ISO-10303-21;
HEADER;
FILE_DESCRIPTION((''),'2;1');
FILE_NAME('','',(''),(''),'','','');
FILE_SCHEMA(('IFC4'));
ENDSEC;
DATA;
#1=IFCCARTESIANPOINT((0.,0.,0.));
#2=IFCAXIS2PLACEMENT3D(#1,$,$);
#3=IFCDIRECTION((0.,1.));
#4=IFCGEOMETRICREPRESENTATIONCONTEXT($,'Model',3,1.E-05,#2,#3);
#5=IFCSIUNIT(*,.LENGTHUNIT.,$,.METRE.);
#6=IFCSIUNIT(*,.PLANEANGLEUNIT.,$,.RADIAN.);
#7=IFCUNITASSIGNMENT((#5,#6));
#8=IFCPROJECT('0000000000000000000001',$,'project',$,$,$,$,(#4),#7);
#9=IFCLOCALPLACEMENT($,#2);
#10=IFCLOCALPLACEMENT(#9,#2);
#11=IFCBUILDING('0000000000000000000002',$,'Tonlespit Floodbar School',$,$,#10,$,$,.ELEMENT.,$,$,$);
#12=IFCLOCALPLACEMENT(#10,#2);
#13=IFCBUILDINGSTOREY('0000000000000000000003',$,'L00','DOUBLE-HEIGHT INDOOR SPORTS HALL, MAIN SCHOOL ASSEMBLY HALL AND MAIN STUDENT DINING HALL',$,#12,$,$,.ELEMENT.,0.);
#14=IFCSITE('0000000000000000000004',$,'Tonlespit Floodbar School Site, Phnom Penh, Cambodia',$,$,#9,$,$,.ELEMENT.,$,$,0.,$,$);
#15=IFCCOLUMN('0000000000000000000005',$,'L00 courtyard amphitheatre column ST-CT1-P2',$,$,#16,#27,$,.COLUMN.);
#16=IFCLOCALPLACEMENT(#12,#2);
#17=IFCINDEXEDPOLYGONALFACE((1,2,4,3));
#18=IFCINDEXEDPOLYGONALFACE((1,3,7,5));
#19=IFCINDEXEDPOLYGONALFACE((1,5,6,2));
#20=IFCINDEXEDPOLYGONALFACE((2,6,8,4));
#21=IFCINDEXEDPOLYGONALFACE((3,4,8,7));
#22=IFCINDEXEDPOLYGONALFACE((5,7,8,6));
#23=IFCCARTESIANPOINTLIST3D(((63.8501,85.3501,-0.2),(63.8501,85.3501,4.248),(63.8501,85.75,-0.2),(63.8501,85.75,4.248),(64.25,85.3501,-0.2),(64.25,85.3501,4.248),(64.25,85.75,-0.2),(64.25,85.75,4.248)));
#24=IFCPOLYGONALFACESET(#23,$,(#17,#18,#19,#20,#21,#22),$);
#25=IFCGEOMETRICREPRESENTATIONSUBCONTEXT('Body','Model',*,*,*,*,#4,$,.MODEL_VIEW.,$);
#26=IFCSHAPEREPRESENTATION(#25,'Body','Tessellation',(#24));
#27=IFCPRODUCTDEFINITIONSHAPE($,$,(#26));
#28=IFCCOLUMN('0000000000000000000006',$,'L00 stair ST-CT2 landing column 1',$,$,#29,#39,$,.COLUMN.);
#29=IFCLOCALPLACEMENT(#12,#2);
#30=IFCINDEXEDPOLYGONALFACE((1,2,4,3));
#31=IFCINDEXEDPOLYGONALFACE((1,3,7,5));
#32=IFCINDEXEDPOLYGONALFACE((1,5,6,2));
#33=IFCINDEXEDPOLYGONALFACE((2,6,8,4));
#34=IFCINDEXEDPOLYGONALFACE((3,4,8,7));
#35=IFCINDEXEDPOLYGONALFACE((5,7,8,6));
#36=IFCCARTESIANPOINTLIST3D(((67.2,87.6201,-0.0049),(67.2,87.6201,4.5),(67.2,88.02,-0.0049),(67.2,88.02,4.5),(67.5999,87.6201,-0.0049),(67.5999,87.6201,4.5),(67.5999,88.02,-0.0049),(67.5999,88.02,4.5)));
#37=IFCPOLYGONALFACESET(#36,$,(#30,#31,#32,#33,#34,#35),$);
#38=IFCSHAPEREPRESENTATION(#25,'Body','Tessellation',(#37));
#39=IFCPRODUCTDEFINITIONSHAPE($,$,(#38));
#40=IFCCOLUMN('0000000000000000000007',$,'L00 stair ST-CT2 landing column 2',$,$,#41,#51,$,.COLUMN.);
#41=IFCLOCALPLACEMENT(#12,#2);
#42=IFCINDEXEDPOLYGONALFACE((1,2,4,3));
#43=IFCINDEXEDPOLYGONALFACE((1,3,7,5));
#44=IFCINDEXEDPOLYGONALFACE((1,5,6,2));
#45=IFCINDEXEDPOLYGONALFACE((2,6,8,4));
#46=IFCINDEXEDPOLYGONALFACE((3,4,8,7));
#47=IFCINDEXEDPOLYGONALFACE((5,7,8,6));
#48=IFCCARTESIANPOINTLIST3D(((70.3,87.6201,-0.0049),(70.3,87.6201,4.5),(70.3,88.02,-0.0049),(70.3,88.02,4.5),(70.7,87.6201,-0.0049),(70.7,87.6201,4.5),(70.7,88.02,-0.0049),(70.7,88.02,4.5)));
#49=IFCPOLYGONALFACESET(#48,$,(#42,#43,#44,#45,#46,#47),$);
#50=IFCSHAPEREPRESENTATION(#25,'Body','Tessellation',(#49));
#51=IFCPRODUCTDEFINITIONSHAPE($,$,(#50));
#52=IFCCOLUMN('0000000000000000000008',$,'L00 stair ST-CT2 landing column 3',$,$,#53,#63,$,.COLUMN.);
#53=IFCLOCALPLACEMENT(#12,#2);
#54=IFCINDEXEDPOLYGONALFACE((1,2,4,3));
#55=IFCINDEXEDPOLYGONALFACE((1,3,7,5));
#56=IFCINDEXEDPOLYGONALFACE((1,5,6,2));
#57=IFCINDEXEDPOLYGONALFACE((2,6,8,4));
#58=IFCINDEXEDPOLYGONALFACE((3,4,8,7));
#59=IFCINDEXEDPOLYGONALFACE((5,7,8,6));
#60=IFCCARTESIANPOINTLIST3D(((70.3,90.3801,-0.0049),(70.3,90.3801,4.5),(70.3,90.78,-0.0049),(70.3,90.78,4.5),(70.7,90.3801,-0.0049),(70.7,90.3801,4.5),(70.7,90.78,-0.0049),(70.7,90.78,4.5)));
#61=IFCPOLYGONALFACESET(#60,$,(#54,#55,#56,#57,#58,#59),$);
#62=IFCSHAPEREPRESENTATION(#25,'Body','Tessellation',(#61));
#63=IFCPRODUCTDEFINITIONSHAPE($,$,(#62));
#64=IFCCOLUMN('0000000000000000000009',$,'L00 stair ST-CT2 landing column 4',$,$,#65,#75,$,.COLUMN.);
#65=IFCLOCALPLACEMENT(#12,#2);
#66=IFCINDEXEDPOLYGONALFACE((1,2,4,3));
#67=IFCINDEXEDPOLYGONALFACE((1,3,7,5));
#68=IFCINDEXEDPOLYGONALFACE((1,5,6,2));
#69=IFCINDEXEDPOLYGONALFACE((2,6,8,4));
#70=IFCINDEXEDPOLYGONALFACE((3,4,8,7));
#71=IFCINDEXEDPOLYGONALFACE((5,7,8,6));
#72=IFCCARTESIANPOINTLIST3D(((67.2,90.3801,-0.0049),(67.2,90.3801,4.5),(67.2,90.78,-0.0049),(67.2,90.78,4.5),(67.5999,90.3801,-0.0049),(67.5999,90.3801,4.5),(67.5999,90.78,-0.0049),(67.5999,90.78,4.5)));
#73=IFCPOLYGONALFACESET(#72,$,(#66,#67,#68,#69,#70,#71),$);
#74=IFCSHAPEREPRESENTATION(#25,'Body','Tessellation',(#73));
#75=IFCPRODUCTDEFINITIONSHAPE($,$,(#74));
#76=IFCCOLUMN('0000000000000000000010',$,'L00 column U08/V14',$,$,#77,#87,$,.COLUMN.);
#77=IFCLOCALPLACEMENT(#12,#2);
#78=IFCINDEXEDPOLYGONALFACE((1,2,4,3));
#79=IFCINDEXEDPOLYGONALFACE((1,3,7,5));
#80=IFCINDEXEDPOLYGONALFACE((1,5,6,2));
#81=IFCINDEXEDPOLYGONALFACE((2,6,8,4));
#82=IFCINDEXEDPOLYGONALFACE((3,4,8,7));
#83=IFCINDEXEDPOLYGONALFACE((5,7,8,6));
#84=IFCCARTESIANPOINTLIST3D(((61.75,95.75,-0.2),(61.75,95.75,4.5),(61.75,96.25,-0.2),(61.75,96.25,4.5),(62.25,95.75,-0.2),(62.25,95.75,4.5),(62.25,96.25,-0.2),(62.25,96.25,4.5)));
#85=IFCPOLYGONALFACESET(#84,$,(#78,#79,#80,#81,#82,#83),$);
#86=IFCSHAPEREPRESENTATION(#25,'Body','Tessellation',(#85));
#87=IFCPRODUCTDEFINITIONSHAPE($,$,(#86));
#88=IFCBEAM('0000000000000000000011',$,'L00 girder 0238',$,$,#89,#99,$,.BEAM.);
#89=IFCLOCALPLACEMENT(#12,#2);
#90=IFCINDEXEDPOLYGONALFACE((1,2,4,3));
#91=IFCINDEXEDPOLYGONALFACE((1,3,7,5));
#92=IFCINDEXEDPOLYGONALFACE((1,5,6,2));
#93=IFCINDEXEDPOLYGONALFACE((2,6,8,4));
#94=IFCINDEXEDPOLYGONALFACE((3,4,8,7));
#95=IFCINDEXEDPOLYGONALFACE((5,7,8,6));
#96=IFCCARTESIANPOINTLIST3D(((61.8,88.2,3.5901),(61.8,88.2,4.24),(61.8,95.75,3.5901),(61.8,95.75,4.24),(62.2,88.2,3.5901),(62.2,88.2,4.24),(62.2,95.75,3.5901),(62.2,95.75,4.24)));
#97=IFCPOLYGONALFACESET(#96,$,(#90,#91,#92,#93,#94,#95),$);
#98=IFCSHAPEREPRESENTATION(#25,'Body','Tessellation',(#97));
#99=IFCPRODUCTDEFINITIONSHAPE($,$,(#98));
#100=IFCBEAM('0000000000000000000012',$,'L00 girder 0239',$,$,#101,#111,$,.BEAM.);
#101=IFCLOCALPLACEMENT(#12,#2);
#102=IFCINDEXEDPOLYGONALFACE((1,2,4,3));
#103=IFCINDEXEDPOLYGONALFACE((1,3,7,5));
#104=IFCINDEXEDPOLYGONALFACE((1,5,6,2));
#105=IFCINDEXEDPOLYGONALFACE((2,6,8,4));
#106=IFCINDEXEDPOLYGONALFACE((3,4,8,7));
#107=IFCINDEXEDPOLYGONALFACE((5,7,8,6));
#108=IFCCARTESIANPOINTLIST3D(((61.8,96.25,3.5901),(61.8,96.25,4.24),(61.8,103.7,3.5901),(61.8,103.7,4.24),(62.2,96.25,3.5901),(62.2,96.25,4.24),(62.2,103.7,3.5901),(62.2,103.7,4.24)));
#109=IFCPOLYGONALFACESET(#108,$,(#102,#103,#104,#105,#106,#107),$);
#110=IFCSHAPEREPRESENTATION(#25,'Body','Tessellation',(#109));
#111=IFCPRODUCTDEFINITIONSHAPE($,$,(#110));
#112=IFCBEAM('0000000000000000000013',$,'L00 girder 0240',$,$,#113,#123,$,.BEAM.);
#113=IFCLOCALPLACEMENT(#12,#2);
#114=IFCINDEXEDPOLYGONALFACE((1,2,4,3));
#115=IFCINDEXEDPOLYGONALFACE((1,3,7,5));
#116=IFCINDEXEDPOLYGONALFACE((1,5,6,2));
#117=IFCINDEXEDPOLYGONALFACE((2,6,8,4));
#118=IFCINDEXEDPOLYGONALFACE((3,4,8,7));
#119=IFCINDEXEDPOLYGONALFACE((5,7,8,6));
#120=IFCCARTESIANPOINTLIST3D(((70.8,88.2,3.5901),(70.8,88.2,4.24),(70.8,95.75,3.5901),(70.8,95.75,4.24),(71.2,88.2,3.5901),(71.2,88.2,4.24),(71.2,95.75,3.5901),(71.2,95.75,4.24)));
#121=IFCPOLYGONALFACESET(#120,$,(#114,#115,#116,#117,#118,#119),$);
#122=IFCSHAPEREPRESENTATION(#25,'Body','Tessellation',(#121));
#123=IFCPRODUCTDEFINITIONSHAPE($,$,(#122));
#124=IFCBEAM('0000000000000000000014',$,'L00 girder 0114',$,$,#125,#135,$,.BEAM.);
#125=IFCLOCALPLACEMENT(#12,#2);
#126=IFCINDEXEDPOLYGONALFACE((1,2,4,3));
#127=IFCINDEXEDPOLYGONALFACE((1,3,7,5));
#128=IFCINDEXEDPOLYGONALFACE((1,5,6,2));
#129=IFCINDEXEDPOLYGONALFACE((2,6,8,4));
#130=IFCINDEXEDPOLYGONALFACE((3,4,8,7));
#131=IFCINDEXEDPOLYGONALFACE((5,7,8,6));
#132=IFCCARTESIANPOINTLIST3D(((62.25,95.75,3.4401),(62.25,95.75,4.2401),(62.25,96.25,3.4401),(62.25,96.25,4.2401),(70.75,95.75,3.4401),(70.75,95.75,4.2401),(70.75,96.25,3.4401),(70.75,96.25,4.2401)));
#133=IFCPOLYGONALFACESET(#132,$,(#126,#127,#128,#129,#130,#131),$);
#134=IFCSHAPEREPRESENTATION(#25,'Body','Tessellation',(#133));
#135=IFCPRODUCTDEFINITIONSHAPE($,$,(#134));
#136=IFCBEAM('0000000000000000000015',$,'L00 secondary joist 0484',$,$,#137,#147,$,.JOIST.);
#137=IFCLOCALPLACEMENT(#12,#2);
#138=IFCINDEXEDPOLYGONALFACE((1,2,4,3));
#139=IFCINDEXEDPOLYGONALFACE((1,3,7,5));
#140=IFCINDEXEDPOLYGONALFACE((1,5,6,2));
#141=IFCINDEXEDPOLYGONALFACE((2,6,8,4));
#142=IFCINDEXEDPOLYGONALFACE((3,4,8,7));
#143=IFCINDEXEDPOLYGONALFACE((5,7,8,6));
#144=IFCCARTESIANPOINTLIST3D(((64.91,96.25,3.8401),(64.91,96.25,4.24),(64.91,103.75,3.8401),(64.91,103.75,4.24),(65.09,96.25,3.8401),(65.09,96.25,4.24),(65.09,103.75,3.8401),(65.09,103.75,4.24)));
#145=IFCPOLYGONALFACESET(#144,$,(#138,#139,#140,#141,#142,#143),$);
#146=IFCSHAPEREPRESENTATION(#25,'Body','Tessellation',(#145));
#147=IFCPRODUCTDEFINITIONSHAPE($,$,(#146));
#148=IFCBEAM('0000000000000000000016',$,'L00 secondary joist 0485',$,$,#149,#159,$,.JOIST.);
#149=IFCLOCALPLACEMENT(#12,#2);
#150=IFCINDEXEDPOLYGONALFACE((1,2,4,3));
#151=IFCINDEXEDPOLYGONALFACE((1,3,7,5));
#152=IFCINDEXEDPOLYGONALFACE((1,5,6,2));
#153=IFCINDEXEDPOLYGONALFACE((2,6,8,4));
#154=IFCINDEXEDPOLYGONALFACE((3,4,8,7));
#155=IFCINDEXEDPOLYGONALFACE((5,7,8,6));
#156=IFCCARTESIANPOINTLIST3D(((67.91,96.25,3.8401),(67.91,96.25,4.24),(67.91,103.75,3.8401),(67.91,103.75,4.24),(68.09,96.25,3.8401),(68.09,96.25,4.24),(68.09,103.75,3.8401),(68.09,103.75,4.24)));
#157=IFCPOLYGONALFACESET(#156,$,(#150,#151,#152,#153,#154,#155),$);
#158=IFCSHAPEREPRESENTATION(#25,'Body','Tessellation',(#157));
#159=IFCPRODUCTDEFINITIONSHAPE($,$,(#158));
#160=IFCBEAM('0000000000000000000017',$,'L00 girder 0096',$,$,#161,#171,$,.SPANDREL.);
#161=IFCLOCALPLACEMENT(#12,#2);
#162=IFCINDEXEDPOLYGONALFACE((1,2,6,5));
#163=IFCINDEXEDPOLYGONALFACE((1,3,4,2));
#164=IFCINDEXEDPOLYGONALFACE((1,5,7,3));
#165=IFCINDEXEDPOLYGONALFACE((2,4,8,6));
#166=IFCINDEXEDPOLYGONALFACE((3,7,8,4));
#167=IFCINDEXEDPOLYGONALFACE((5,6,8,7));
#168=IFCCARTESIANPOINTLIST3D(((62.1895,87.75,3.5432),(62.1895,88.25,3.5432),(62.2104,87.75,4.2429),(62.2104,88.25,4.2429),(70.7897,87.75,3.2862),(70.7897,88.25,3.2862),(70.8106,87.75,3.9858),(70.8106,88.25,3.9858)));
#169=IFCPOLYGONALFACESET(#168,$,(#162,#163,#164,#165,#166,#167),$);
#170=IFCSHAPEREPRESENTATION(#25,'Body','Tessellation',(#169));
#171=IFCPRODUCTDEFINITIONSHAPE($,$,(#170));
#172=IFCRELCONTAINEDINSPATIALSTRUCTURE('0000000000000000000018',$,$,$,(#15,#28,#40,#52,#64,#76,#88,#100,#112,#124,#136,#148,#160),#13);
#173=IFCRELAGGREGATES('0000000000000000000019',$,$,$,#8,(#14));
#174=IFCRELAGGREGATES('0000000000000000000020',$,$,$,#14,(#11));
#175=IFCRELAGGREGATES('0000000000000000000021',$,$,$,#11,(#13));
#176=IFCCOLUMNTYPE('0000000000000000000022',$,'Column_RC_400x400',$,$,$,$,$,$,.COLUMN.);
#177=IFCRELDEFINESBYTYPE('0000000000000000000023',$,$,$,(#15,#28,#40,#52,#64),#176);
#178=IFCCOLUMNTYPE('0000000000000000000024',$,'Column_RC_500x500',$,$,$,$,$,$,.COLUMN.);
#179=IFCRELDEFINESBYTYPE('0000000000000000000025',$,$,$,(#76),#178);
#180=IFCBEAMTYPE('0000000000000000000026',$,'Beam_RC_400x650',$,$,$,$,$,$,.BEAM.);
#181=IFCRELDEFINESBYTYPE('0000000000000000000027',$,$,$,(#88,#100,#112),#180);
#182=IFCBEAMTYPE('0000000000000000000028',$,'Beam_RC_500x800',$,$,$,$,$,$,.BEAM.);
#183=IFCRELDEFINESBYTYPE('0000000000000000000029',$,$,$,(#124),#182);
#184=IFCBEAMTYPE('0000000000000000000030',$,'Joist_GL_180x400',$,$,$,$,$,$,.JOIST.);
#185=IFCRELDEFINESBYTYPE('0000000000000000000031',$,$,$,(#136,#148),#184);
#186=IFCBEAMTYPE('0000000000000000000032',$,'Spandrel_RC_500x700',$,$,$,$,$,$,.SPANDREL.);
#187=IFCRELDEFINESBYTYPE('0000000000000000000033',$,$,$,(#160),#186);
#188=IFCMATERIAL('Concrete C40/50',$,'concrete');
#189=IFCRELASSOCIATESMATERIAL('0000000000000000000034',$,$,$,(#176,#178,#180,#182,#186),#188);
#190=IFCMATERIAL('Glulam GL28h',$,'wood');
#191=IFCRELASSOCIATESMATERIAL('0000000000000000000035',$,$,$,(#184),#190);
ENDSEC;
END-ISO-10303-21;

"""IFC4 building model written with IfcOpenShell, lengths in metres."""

from ifc_helpers import new_model, si_unit, direction, frame, origin, origin_2d, place, context, subcontext, project, spatial, rectangle, extrude, material, material_profile, profile_set, type_object, element, save


model = new_model("IFC4")

# Units and contexts
model_context = context("Model", 3, precision=1e-05, world=origin(), true_north=direction((0.0, 1.0)))
body_context = subcontext(model_context, "Body", "Model", "MODEL_VIEW")
ifc_project = project(units=[si_unit("LENGTHUNIT", "METRE"), si_unit("PLANEANGLEUNIT", "RADIAN")], contexts=[model_context])

# Site, building, storey
site_placement = place(None, origin())
site = spatial("IfcSite", under=ifc_project, at=site_placement, Name="Tonlespit Floodbar School Site, Phnom Penh, Cambodia", CompositionType="ELEMENT", RefElevation=0.0)
building_placement = place(site_placement, origin())
building = spatial("IfcBuilding", under=site, at=building_placement, Name="Tonlespit Floodbar School", CompositionType="ELEMENT")
storey_placement = place(building_placement, origin())
storey = spatial("IfcBuildingStorey", under=building, at=storey_placement, Name="L00", Description="DOUBLE-HEIGHT INDOOR SPORTS HALL, MAIN SCHOOL ASSEMBLY HALL AND MAIN STUDENT DINING HALL", CompositionType="ELEMENT", Elevation=0.0)

# Shared definitions
ifc_material_1 = material(Name="Concrete C40/50", Category="concrete")

# Columns
ifc_material_profile_1 = material_profile(ifc_material_1, rectangle(XDim=0.3999, YDim=0.3999, at=origin_2d()), Name="RC 400x400")
ifc_profile_set_1 = profile_set([ifc_material_profile_1], Name="Concrete C40/50")
column_type_1 = type_object("IfcColumnType", Name="Column_RC_400x400", PredefinedType="COLUMN", material=ifc_profile_set_1)
column_1_placement = place(storey_placement, frame((64.05, 85.55, -0.2), z_axis=(0.0, 0.0, 1.0), x_axis=(1.0, 0.0, 0.0)))
element("IfcColumn", 1, at=column_1_placement, inside=storey, type_object=column_type_1, Name="L00 courtyard amphitheatre column ST-CT1-P2", PredefinedType="COLUMN", context=body_context, shape_type="SweptSolid", body=[
    extrude(rectangle(XDim=0.3999, YDim=0.3999, at=origin_2d()), origin(), (0.0, 0.0, 1.0), 4.448),
])
for number, where, z_axis, x_axis, name in (
    (2, (67.3999, 87.8201, -0.0049), (0.0, 0.0, 1.0), (1.0, 0.0, 0.0), "L00 stair ST-CT2 landing column 1"),
    (3, (70.5, 87.8201, -0.0049), (0.0, 0.0, 1.0), (1.0, 0.0, 0.0), "L00 stair ST-CT2 landing column 2"),
    (4, (70.5, 90.5801, -0.0049), (0.0, 0.0, 1.0), (1.0, 0.0, 0.0), "L00 stair ST-CT2 landing column 3"),
    (5, (67.3999, 90.5801, -0.0049), (0.0, 0.0, 1.0), (1.0, 0.0, 0.0), "L00 stair ST-CT2 landing column 4"),
):
    element("IfcColumn", number, at=place(storey_placement, frame(where, z_axis=z_axis, x_axis=x_axis)), inside=storey, type_object=column_type_1, Name=name, PredefinedType="COLUMN", context=body_context, shape_type="SweptSolid", body=[
        extrude(rectangle(XDim=0.3999, YDim=0.3999, at=origin_2d()), origin(), (0.0, 0.0, 1.0), 4.5049),
    ])
ifc_material_profile_2 = material_profile(ifc_material_1, rectangle(XDim=0.5, YDim=0.5, at=origin_2d()), Name="RC 500x500")
ifc_profile_set_2 = profile_set([ifc_material_profile_2], Name="Concrete C40/50")
column_type_2 = type_object("IfcColumnType", Name="Column_RC_500x500", PredefinedType="COLUMN", material=ifc_profile_set_2)
column_2_placement = place(storey_placement, frame((62.0, 96.0, -0.2), z_axis=(0.0, 0.0, 1.0), x_axis=(1.0, 0.0, 0.0)))
element("IfcColumn", 6, at=column_2_placement, inside=storey, type_object=column_type_2, Name="L00 column U08/V14", PredefinedType="COLUMN", context=body_context, shape_type="SweptSolid", body=[
    extrude(rectangle(XDim=0.5, YDim=0.5, at=origin_2d()), origin(), (0.0, 0.0, 1.0), 4.7),
])

# Beams
ifc_material_profile_3 = material_profile(ifc_material_1, rectangle(XDim=0.3999, YDim=0.6499, at=origin_2d()), Name="RC 400x650")
ifc_profile_set_3 = profile_set([ifc_material_profile_3], Name="Concrete C40/50")
beam_type_1 = type_object("IfcBeamType", Name="Beam_RC_400x650", PredefinedType="BEAM", material=ifc_profile_set_3)
beam_1_placement = place(storey_placement, frame((62.0, 88.2, 3.915), z_axis=(0.0, 1.0, 0.0), x_axis=(-1.0, 0.0, 0.0)))
element("IfcBeam", 7, at=beam_1_placement, inside=storey, type_object=beam_type_1, Name="L00 girder 0238", PredefinedType="BEAM", context=body_context, shape_type="SweptSolid", body=[
    extrude(rectangle(XDim=0.3999, YDim=0.6499, at=origin_2d()), origin(), (0.0, 0.0, 1.0), 7.55),
])
beam_2_placement = place(storey_placement, frame((62.0, 96.25, 3.915), z_axis=(0.0, 1.0, 0.0), x_axis=(-1.0, 0.0, 0.0)))
element("IfcBeam", 8, at=beam_2_placement, inside=storey, type_object=beam_type_1, Name="L00 girder 0239", PredefinedType="BEAM", context=body_context, shape_type="SweptSolid", body=[
    extrude(rectangle(XDim=0.3999, YDim=0.6499, at=origin_2d()), origin(), (0.0, 0.0, 1.0), 7.45),
])
beam_3_placement = place(storey_placement, frame((71.0, 88.2, 3.915), z_axis=(0.0, 1.0, 0.0), x_axis=(-1.0, 0.0, 0.0)))
element("IfcBeam", 9, at=beam_3_placement, inside=storey, type_object=beam_type_1, Name="L00 girder 0240", PredefinedType="BEAM", context=body_context, shape_type="SweptSolid", body=[
    extrude(rectangle(XDim=0.3999, YDim=0.6499, at=origin_2d()), origin(), (0.0, 0.0, 1.0), 7.55),
])
ifc_material_profile_4 = material_profile(ifc_material_1, rectangle(XDim=0.5, YDim=0.8, at=origin_2d()), Name="RC 500x800")
ifc_profile_set_4 = profile_set([ifc_material_profile_4], Name="Concrete C40/50")
beam_type_2 = type_object("IfcBeamType", Name="Beam_RC_500x800", PredefinedType="BEAM", material=ifc_profile_set_4)
beam_4_placement = place(storey_placement, frame((62.25, 96.0, 3.8401), z_axis=(1.0, 0.0, 0.0), x_axis=(0.0, 1.0, 0.0)))
element("IfcBeam", 10, at=beam_4_placement, inside=storey, type_object=beam_type_2, Name="L00 girder 0114", PredefinedType="BEAM", context=body_context, shape_type="SweptSolid", body=[
    extrude(rectangle(XDim=0.5, YDim=0.8, at=origin_2d()), origin(), (0.0, 0.0, 1.0), 8.5),
])
ifc_material_2 = material(Name="Glulam GL28h", Category="wood")
ifc_material_profile_5 = material_profile(ifc_material_2, rectangle(XDim=0.1799, YDim=0.3999, at=origin_2d()), Name="GL 180x400")
ifc_profile_set_5 = profile_set([ifc_material_profile_5], Name="Glulam GL28h")
beam_type_3 = type_object("IfcBeamType", Name="Joist_GL_180x400", PredefinedType="JOIST", material=ifc_profile_set_5)
for number, where, z_axis, x_axis, name in (
    (11, (65.0, 96.25, 4.04), (0.0, 1.0, 0.0), (-1.0, 0.0, 0.0), "L00 secondary joist 0484"),
    (12, (68.0, 96.25, 4.04), (0.0, 1.0, 0.0), (-1.0, 0.0, 0.0), "L00 secondary joist 0485"),
):
    element("IfcBeam", number, at=place(storey_placement, frame(where, z_axis=z_axis, x_axis=x_axis)), inside=storey, type_object=beam_type_3, Name=name, PredefinedType="JOIST", context=body_context, shape_type="SweptSolid", body=[
        extrude(rectangle(XDim=0.1799, YDim=0.3999, at=origin_2d()), origin(), (0.0, 0.0, 1.0), 7.5),
    ])
ifc_material_profile_6 = material_profile(ifc_material_1, rectangle(XDim=0.5, YDim=0.7, at=origin_2d()), Name="RC 500x700")
ifc_profile_set_6 = profile_set([ifc_material_profile_6], Name="Concrete C40/50")
beam_type_4 = type_object("IfcBeamType", Name="Spandrel_RC_500x700", PredefinedType="SPANDREL", material=ifc_profile_set_6)
beam_5_placement = place(storey_placement, frame((62.2, 88.0, 3.8931), z_axis=(0.999554, 0.0, -0.029879), x_axis=(0.0, 1.0, 0.0)))
element("IfcBeam", 13, at=beam_5_placement, inside=storey, type_object=beam_type_4, Name="L00 girder 0096", PredefinedType="SPANDREL", context=body_context, shape_type="SweptSolid", body=[
    extrude(rectangle(XDim=0.5, YDim=0.7, at=origin_2d()), origin(), (0.0, 0.0, 1.0), 8.604),
])

save(model, "model.ifc")
